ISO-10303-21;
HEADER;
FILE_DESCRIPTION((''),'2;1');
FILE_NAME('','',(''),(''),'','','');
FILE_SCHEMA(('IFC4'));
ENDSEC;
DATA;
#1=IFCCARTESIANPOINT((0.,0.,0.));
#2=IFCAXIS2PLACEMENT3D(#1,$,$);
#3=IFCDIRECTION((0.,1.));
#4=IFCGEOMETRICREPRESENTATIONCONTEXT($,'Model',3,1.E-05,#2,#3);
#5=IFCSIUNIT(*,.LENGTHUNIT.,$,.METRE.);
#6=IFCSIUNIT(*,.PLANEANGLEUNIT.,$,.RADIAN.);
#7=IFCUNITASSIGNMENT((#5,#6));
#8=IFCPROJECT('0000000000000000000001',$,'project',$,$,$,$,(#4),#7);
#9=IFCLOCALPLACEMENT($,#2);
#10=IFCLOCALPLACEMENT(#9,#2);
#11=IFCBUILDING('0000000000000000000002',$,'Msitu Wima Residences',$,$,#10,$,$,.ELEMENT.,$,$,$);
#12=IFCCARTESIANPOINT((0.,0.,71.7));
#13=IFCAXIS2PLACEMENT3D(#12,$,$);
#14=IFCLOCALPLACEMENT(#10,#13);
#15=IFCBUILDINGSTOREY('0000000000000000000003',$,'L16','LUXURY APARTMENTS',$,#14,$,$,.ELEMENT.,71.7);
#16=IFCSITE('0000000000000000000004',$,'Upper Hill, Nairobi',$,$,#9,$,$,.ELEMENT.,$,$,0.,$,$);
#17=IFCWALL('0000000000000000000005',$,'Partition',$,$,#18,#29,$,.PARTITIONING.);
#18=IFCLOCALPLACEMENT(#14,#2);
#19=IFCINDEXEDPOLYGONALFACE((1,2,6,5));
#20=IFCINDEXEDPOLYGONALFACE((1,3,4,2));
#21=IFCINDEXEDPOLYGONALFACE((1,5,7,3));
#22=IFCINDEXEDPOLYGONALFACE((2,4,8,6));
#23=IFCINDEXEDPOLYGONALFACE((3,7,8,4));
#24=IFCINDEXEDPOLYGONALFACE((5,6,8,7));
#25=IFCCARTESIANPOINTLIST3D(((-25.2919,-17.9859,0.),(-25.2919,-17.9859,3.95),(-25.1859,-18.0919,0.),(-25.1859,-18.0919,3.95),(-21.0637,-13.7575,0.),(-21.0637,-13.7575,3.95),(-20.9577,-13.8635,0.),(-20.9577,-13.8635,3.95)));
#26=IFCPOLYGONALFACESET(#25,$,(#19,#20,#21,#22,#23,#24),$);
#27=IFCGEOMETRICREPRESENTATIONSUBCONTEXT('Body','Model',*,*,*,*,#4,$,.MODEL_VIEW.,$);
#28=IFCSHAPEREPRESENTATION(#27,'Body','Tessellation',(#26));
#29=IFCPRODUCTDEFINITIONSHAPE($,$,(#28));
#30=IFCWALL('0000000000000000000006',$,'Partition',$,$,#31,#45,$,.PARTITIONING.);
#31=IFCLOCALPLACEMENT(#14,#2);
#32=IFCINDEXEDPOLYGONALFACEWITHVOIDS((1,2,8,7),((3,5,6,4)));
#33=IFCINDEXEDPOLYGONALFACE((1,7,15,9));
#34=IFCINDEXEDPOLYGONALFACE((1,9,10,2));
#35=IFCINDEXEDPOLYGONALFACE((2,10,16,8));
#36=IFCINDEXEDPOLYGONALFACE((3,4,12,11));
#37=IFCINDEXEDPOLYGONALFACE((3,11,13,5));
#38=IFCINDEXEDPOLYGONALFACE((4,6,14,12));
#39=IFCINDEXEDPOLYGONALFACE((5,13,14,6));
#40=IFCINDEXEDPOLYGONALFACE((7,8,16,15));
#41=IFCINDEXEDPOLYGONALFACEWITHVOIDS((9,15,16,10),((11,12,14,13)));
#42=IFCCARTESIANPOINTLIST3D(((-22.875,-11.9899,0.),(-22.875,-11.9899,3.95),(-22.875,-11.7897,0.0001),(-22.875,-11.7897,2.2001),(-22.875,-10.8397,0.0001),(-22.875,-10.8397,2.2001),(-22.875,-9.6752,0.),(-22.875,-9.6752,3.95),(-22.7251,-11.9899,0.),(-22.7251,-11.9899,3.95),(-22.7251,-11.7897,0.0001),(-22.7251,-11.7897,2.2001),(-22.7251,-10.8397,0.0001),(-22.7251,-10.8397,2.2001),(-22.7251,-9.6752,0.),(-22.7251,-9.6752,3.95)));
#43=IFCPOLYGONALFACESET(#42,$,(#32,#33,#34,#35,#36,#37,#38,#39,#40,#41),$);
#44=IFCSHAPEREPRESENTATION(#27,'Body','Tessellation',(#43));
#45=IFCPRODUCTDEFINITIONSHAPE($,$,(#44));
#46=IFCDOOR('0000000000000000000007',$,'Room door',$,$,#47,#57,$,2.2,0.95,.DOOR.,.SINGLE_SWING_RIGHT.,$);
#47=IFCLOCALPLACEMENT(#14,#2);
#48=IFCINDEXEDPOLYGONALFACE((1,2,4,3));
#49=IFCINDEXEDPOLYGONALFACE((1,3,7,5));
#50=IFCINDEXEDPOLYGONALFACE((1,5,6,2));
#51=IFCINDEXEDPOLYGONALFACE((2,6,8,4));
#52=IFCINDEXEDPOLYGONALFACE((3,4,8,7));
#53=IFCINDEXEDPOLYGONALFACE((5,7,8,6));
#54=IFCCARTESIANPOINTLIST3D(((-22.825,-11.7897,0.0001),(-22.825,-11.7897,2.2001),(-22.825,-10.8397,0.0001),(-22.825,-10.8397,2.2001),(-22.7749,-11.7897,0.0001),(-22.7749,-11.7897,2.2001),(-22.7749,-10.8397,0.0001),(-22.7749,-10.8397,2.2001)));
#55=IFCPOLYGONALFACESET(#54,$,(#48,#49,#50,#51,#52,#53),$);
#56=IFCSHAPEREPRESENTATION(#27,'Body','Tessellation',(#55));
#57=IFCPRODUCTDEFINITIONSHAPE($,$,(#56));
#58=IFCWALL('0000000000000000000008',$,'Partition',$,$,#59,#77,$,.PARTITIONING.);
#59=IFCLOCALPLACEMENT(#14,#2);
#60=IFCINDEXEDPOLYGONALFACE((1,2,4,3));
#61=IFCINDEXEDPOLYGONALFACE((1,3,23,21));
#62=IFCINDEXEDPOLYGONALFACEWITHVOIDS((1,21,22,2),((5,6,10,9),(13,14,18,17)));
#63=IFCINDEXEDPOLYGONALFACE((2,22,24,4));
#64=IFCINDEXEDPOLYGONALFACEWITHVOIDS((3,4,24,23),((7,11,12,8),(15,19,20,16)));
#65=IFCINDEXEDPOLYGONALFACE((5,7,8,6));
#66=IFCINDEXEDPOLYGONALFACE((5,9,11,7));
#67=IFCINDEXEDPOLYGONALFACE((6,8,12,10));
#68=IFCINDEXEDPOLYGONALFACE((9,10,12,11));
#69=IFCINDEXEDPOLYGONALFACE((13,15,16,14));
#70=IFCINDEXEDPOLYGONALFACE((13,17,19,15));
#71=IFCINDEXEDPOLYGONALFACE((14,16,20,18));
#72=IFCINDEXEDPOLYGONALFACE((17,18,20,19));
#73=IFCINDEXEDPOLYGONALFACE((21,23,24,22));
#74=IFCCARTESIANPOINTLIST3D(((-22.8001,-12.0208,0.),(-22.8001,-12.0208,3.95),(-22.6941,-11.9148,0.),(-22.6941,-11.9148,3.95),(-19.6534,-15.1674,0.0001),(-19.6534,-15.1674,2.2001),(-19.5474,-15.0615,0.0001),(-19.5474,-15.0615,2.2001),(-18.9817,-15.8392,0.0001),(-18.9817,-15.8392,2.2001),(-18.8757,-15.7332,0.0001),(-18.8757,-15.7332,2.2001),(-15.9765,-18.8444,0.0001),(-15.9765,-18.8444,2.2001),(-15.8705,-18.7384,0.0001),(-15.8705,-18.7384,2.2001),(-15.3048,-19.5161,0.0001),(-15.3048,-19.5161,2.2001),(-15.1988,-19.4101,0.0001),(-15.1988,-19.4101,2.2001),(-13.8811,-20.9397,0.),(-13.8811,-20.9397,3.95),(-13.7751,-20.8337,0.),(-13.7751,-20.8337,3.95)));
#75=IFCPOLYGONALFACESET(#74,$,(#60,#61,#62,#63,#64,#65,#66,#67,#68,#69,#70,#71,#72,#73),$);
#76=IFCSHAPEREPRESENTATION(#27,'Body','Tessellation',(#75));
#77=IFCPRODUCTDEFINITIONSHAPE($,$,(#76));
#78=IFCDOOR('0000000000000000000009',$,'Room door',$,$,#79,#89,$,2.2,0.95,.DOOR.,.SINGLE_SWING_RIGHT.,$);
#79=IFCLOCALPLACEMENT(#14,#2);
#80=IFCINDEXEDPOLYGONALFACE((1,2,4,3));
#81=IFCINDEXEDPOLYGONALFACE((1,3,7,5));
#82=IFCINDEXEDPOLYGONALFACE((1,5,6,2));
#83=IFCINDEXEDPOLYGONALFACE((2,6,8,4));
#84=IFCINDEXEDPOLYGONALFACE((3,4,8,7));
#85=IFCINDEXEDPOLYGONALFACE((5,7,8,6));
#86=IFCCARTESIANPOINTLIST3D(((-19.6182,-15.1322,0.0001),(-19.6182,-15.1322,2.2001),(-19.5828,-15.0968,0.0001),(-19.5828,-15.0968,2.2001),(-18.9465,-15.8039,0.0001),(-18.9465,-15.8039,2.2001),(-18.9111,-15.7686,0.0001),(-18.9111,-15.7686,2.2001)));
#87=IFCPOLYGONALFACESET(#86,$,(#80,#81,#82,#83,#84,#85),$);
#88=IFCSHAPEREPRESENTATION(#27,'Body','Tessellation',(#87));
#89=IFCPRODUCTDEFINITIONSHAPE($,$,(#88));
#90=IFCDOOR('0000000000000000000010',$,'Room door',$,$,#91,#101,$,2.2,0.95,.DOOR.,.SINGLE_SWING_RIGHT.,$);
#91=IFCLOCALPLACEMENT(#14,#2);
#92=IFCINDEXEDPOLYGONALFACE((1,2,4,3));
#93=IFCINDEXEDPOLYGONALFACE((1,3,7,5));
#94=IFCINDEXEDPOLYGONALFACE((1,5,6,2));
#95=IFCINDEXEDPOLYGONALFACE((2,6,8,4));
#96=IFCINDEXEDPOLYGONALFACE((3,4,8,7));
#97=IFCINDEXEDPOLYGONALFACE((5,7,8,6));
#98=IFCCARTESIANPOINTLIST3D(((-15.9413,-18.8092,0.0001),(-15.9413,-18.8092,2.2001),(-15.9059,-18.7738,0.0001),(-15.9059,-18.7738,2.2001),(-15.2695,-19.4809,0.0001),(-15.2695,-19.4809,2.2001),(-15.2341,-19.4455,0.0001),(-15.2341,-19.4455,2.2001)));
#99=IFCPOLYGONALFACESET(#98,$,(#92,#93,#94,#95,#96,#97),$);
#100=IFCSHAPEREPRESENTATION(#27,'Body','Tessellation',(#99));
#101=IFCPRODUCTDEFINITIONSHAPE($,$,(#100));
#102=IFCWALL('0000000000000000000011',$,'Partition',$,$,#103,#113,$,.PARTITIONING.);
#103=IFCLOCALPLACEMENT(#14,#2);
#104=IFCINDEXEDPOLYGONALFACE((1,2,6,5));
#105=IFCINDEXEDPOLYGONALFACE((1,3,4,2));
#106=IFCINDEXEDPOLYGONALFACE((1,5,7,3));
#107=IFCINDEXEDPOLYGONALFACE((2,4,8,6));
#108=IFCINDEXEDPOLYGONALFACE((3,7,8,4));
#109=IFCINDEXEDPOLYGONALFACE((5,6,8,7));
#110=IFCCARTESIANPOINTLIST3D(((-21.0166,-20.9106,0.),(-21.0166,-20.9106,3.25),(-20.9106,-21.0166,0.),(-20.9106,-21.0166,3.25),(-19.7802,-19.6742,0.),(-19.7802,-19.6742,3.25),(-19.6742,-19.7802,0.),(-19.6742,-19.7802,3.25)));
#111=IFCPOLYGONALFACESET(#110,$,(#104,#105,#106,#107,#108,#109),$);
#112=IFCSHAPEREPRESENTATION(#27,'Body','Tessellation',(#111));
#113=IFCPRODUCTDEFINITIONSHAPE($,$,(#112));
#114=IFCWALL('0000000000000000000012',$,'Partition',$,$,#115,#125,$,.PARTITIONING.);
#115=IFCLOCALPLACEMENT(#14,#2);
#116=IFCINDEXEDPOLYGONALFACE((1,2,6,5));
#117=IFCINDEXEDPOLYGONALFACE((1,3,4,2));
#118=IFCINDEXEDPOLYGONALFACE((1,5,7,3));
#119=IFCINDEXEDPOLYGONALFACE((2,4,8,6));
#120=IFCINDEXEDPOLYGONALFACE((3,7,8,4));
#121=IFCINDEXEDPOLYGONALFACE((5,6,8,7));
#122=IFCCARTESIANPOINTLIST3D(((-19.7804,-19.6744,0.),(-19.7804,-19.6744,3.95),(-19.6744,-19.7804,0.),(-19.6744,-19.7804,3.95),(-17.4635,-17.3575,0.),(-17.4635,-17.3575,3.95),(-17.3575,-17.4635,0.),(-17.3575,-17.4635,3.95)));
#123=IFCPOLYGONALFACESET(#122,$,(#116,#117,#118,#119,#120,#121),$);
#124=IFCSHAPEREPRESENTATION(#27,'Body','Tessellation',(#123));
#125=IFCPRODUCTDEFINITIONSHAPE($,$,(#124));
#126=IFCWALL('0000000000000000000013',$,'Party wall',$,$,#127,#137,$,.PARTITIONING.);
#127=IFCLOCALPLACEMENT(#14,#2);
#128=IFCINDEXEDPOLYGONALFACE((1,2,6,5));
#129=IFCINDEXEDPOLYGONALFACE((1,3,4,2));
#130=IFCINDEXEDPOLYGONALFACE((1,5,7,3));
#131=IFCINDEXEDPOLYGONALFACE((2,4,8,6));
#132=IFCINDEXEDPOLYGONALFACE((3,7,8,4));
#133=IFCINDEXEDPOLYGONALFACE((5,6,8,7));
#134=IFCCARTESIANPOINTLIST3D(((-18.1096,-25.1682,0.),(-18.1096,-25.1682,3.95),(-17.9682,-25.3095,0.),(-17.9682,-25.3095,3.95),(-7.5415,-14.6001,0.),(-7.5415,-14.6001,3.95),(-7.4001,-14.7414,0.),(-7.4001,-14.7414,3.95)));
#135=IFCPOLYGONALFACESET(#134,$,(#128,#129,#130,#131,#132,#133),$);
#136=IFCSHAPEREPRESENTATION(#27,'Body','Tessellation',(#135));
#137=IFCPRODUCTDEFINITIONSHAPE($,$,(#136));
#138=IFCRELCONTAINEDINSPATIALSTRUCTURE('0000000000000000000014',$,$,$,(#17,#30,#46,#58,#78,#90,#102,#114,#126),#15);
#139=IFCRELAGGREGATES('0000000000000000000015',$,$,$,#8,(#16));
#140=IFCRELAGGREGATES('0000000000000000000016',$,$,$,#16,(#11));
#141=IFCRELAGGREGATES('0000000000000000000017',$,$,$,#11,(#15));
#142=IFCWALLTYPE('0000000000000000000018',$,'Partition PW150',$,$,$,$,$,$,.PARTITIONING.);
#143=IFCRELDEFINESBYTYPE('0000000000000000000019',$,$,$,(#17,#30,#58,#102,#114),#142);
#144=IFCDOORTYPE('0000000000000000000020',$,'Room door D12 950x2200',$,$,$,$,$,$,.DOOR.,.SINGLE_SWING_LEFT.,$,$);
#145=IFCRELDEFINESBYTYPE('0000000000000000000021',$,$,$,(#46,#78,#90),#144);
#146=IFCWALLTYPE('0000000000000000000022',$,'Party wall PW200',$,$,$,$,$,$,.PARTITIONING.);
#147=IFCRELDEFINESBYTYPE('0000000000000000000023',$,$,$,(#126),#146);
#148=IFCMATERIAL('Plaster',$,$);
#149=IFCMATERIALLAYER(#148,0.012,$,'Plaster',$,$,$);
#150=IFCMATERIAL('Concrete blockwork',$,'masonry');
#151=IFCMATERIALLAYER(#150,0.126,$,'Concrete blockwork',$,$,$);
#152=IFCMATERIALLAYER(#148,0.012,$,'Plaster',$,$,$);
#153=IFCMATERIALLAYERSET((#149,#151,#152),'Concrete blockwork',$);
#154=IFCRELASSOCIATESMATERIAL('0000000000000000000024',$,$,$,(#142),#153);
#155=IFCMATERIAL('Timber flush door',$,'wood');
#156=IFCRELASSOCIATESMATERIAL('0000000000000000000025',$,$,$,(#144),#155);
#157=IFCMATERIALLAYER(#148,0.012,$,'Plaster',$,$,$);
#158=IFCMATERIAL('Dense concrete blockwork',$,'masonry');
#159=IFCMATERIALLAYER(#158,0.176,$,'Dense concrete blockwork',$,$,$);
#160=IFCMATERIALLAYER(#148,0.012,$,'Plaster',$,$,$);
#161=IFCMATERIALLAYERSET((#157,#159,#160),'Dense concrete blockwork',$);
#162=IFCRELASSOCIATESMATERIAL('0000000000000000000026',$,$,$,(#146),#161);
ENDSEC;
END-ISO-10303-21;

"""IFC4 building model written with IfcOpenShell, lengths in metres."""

from ifc_helpers import new_model, si_unit, direction, frame, frame_2d, origin, place, context, subcontext, project, spatial, rectangle, extrude, material, layer, layer_set, type_object, element, fill, save


model = new_model("IFC4")

# Units and contexts
model_context = context("Model", 3, precision=1e-05, world=origin(), true_north=direction((0.0, 1.0)))
body_context = subcontext(model_context, "Body", "Model", "MODEL_VIEW")
ifc_project = project(units=[si_unit("LENGTHUNIT", "METRE"), si_unit("PLANEANGLEUNIT", "RADIAN")], contexts=[model_context])

# Site, building, storey
site_placement = place(None, origin())
site = spatial("IfcSite", under=ifc_project, at=site_placement, Name="Upper Hill, Nairobi", CompositionType="ELEMENT", RefElevation=0.0)
building_placement = place(site_placement, origin())
building = spatial("IfcBuilding", under=site, at=building_placement, Name="Msitu Wima Residences", CompositionType="ELEMENT")
storey_placement = place(building_placement, frame((0.0, 0.0, 71.7)))
storey = spatial("IfcBuildingStorey", under=building, at=storey_placement, Name="L16", Description="LUXURY APARTMENTS", CompositionType="ELEMENT", Elevation=71.7)

# Shared definitions
ifc_material_1 = material(Name="Plaster")
ifc_material_2 = material(Name="Concrete blockwork", Category="masonry")

# Wall
ifc_layer_1 = layer(ifc_material_1, 0.012, Name="Plaster")
ifc_layer_2 = layer(ifc_material_2, 0.126, Name="Concrete blockwork")
ifc_layer_3 = layer(ifc_material_1, 0.012, Name="Plaster")
ifc_layer_set_1 = layer_set([ifc_layer_1, ifc_layer_2, ifc_layer_3], Name="Concrete blockwork")
wall_type_1 = type_object("IfcWallType", Name="Partition PW150", PredefinedType="PARTITIONING", material=ifc_layer_set_1)
wall_1_placement = place(storey_placement, frame((-25.2388, -18.0388, 0.0), z_axis=(0.0, 0.0, 1.0), x_axis=(0.707086, 0.707127, 0.0)))
element("IfcWall", 1, at=wall_1_placement, inside=storey, type_object=wall_type_1, Name="Partition", PredefinedType="PARTITIONING", context=body_context, shape_type="SweptSolid", body=[
    extrude(rectangle(XDim=5.9797, YDim=0.1499, at=frame_2d((2.9897, 0.0))), origin(), (0.0, 0.0, 1.0), 3.95),
])

# Wall, opening, door
wall_2_placement = place(storey_placement, frame((-22.8, -11.9897, 0.0), z_axis=(0.0, 0.0, 1.0), x_axis=(0.0, 1.0, 0.0)))
wall_2 = element("IfcWall", 2, at=wall_2_placement, inside=storey, type_object=wall_type_1, Name="Partition", PredefinedType="PARTITIONING", context=body_context, shape_type="SweptSolid", body=[
    extrude(rectangle(XDim=2.3147, YDim=0.1499, at=frame_2d((1.1572, 0.0))), origin(), (0.0, 0.0, 1.0), 3.95),
])
opening_1_placement = place(wall_2_placement, frame((0.2, 0.0, 0.0)))
opening_1 = element("IfcOpeningElement", 3, at=opening_1_placement, cuts=wall_2, PredefinedType="OPENING", context=body_context, shape_type="SweptSolid", body=[
    extrude(rectangle(XDim=0.95, YDim=2.2, at=frame_2d((0.4751, 1.1001))), frame((0.0, 0.085, 0.0), z_axis=(0.0, -1.0, 0.0), x_axis=(1.0, 0.0, 0.0)), (0.0, 0.0, 1.0), 0.1699),
])
ifc_material_3 = material(Name="Timber flush door", Category="wood")
door_type_1 = type_object("IfcDoorType", Name="Room door D12 950x2200", OperationType="SINGLE_SWING_LEFT", PredefinedType="DOOR", material=ifc_material_3)
door_1_placement = place(opening_1_placement, origin())
door_1 = element("IfcDoor", 4, at=door_1_placement, inside=storey, type_object=door_type_1, Name="Room door", OperationType="SINGLE_SWING_RIGHT", OverallHeight=2.2, OverallWidth=0.95, PredefinedType="DOOR", context=body_context, shape_type="SweptSolid", body=[
    extrude(rectangle(XDim=0.95, YDim=2.2, at=frame_2d((0.4751, 1.1001))), frame((0.0, 0.0249, 0.0), z_axis=(0.0, -1.0, 0.0), x_axis=(1.0, 0.0, 0.0)), (0.0, 0.0, 1.0), 0.05),
])
fill(opening_1, door_1)

# Wall, openings, doors
wall_3_placement = place(storey_placement, frame((-22.7471, -11.9678, 0.0), z_axis=(0.0, 0.0, 1.0), x_axis=(0.707107, -0.707107, 0.0)))
wall_3 = element("IfcWall", 5, at=wall_3_placement, inside=storey, type_object=wall_type_1, Name="Partition", PredefinedType="PARTITIONING", context=body_context, shape_type="SweptSolid", body=[
    extrude(rectangle(XDim=12.6133, YDim=0.1499, at=frame_2d((6.3066, 0.0))), origin(), (0.0, 0.0, 1.0), 3.95),
])
opening_2_placement = place(wall_3_placement, frame((4.45, 0.0, 0.0)))
opening_2 = element("IfcOpeningElement", 6, at=opening_2_placement, cuts=wall_3, PredefinedType="OPENING", context=body_context, shape_type="SweptSolid", body=[
    extrude(rectangle(XDim=0.95, YDim=2.2, at=frame_2d((0.4751, 1.1001))), frame((0.0, 0.085, 0.0), z_axis=(0.0, -1.0, 0.0), x_axis=(1.0, 0.0, 0.0)), (0.0, 0.0, 1.0), 0.1699),
])
opening_3_placement = place(wall_3_placement, frame((9.6499, 0.0, 0.0)))
opening_3 = element("IfcOpeningElement", 7, at=opening_3_placement, cuts=wall_3, PredefinedType="OPENING", context=body_context, shape_type="SweptSolid", body=[
    extrude(rectangle(XDim=0.95, YDim=2.2, at=frame_2d((0.4751, 1.1001))), frame((0.0, 0.085, 0.0), z_axis=(0.0, -1.0, 0.0), x_axis=(1.0, 0.0, 0.0)), (0.0, 0.0, 1.0), 0.1699),
])
door_2_placement = place(opening_2_placement, origin())
door_2 = element("IfcDoor", 8, at=door_2_placement, inside=storey, type_object=door_type_1, Name="Room door", OperationType="SINGLE_SWING_RIGHT", OverallHeight=2.2, OverallWidth=0.95, PredefinedType="DOOR", context=body_context, shape_type="SweptSolid", body=[
    extrude(rectangle(XDim=0.95, YDim=2.2, at=frame_2d((0.4751, 1.1001))), frame((0.0, 0.0249, 0.0), z_axis=(0.0, -1.0, 0.0), x_axis=(1.0, 0.0, 0.0)), (0.0, 0.0, 1.0), 0.05),
])
fill(opening_2, door_2)
door_3_placement = place(opening_3_placement, origin())
door_3 = element("IfcDoor", 9, at=door_3_placement, inside=storey, type_object=door_type_1, Name="Room door", OperationType="SINGLE_SWING_RIGHT", OverallHeight=2.2, OverallWidth=0.95, PredefinedType="DOOR", context=body_context, shape_type="SweptSolid", body=[
    extrude(rectangle(XDim=0.95, YDim=2.2, at=frame_2d((0.4751, 1.1001))), frame((0.0, 0.0249, 0.0), z_axis=(0.0, -1.0, 0.0), x_axis=(1.0, 0.0, 0.0)), (0.0, 0.0, 1.0), 0.05),
])
fill(opening_3, door_3)

# Walls
wall_4_placement = place(storey_placement, frame((-20.9636, -20.9636, 0.0), z_axis=(0.0, 0.0, 1.0), x_axis=(0.707107, 0.707107, 0.0)))
element("IfcWall", 10, at=wall_4_placement, inside=storey, type_object=wall_type_1, Name="Partition", PredefinedType="PARTITIONING", context=body_context, shape_type="SweptSolid", body=[
    extrude(rectangle(XDim=1.7485, YDim=0.1499, at=frame_2d((0.8743, 0.0))), origin(), (0.0, 0.0, 1.0), 3.25),
])
wall_5_placement = place(storey_placement, frame((-19.7273, -19.7273, 0.0), z_axis=(0.0, 0.0, 1.0), x_axis=(0.707107, 0.707107, 0.0)))
element("IfcWall", 11, at=wall_5_placement, inside=storey, type_object=wall_type_1, Name="Partition", PredefinedType="PARTITIONING", context=body_context, shape_type="SweptSolid", body=[
    extrude(rectangle(XDim=3.2766, YDim=0.1499, at=frame_2d((1.6382, 0.0))), origin(), (0.0, 0.0, 1.0), 3.95),
])
ifc_layer_4 = layer(ifc_material_1, 0.012, Name="Plaster")
ifc_material_4 = material(Name="Dense concrete blockwork", Category="masonry")
ifc_layer_5 = layer(ifc_material_4, 0.176, Name="Dense concrete blockwork")
ifc_layer_6 = layer(ifc_material_1, 0.012, Name="Plaster")
ifc_layer_set_2 = layer_set([ifc_layer_4, ifc_layer_5, ifc_layer_6], Name="Dense concrete blockwork")
wall_type_2 = type_object("IfcWallType", Name="Party wall PW200", PredefinedType="PARTITIONING", material=ifc_layer_set_2)
wall_6_placement = place(storey_placement, frame((-18.0388, -25.2388, 0.0), z_axis=(0.0, 0.0, 1.0), x_axis=(0.707107, 0.707107, 0.0)))
element("IfcWall", 12, at=wall_6_placement, inside=storey, type_object=wall_type_2, Name="Party wall", PredefinedType="PARTITIONING", context=body_context, shape_type="SweptSolid", body=[
    extrude(rectangle(XDim=14.9456, YDim=0.2, at=frame_2d((7.4727, 0.0))), origin(), (0.0, 0.0, 1.0), 3.95),
])

save(model, "model.ifc")
